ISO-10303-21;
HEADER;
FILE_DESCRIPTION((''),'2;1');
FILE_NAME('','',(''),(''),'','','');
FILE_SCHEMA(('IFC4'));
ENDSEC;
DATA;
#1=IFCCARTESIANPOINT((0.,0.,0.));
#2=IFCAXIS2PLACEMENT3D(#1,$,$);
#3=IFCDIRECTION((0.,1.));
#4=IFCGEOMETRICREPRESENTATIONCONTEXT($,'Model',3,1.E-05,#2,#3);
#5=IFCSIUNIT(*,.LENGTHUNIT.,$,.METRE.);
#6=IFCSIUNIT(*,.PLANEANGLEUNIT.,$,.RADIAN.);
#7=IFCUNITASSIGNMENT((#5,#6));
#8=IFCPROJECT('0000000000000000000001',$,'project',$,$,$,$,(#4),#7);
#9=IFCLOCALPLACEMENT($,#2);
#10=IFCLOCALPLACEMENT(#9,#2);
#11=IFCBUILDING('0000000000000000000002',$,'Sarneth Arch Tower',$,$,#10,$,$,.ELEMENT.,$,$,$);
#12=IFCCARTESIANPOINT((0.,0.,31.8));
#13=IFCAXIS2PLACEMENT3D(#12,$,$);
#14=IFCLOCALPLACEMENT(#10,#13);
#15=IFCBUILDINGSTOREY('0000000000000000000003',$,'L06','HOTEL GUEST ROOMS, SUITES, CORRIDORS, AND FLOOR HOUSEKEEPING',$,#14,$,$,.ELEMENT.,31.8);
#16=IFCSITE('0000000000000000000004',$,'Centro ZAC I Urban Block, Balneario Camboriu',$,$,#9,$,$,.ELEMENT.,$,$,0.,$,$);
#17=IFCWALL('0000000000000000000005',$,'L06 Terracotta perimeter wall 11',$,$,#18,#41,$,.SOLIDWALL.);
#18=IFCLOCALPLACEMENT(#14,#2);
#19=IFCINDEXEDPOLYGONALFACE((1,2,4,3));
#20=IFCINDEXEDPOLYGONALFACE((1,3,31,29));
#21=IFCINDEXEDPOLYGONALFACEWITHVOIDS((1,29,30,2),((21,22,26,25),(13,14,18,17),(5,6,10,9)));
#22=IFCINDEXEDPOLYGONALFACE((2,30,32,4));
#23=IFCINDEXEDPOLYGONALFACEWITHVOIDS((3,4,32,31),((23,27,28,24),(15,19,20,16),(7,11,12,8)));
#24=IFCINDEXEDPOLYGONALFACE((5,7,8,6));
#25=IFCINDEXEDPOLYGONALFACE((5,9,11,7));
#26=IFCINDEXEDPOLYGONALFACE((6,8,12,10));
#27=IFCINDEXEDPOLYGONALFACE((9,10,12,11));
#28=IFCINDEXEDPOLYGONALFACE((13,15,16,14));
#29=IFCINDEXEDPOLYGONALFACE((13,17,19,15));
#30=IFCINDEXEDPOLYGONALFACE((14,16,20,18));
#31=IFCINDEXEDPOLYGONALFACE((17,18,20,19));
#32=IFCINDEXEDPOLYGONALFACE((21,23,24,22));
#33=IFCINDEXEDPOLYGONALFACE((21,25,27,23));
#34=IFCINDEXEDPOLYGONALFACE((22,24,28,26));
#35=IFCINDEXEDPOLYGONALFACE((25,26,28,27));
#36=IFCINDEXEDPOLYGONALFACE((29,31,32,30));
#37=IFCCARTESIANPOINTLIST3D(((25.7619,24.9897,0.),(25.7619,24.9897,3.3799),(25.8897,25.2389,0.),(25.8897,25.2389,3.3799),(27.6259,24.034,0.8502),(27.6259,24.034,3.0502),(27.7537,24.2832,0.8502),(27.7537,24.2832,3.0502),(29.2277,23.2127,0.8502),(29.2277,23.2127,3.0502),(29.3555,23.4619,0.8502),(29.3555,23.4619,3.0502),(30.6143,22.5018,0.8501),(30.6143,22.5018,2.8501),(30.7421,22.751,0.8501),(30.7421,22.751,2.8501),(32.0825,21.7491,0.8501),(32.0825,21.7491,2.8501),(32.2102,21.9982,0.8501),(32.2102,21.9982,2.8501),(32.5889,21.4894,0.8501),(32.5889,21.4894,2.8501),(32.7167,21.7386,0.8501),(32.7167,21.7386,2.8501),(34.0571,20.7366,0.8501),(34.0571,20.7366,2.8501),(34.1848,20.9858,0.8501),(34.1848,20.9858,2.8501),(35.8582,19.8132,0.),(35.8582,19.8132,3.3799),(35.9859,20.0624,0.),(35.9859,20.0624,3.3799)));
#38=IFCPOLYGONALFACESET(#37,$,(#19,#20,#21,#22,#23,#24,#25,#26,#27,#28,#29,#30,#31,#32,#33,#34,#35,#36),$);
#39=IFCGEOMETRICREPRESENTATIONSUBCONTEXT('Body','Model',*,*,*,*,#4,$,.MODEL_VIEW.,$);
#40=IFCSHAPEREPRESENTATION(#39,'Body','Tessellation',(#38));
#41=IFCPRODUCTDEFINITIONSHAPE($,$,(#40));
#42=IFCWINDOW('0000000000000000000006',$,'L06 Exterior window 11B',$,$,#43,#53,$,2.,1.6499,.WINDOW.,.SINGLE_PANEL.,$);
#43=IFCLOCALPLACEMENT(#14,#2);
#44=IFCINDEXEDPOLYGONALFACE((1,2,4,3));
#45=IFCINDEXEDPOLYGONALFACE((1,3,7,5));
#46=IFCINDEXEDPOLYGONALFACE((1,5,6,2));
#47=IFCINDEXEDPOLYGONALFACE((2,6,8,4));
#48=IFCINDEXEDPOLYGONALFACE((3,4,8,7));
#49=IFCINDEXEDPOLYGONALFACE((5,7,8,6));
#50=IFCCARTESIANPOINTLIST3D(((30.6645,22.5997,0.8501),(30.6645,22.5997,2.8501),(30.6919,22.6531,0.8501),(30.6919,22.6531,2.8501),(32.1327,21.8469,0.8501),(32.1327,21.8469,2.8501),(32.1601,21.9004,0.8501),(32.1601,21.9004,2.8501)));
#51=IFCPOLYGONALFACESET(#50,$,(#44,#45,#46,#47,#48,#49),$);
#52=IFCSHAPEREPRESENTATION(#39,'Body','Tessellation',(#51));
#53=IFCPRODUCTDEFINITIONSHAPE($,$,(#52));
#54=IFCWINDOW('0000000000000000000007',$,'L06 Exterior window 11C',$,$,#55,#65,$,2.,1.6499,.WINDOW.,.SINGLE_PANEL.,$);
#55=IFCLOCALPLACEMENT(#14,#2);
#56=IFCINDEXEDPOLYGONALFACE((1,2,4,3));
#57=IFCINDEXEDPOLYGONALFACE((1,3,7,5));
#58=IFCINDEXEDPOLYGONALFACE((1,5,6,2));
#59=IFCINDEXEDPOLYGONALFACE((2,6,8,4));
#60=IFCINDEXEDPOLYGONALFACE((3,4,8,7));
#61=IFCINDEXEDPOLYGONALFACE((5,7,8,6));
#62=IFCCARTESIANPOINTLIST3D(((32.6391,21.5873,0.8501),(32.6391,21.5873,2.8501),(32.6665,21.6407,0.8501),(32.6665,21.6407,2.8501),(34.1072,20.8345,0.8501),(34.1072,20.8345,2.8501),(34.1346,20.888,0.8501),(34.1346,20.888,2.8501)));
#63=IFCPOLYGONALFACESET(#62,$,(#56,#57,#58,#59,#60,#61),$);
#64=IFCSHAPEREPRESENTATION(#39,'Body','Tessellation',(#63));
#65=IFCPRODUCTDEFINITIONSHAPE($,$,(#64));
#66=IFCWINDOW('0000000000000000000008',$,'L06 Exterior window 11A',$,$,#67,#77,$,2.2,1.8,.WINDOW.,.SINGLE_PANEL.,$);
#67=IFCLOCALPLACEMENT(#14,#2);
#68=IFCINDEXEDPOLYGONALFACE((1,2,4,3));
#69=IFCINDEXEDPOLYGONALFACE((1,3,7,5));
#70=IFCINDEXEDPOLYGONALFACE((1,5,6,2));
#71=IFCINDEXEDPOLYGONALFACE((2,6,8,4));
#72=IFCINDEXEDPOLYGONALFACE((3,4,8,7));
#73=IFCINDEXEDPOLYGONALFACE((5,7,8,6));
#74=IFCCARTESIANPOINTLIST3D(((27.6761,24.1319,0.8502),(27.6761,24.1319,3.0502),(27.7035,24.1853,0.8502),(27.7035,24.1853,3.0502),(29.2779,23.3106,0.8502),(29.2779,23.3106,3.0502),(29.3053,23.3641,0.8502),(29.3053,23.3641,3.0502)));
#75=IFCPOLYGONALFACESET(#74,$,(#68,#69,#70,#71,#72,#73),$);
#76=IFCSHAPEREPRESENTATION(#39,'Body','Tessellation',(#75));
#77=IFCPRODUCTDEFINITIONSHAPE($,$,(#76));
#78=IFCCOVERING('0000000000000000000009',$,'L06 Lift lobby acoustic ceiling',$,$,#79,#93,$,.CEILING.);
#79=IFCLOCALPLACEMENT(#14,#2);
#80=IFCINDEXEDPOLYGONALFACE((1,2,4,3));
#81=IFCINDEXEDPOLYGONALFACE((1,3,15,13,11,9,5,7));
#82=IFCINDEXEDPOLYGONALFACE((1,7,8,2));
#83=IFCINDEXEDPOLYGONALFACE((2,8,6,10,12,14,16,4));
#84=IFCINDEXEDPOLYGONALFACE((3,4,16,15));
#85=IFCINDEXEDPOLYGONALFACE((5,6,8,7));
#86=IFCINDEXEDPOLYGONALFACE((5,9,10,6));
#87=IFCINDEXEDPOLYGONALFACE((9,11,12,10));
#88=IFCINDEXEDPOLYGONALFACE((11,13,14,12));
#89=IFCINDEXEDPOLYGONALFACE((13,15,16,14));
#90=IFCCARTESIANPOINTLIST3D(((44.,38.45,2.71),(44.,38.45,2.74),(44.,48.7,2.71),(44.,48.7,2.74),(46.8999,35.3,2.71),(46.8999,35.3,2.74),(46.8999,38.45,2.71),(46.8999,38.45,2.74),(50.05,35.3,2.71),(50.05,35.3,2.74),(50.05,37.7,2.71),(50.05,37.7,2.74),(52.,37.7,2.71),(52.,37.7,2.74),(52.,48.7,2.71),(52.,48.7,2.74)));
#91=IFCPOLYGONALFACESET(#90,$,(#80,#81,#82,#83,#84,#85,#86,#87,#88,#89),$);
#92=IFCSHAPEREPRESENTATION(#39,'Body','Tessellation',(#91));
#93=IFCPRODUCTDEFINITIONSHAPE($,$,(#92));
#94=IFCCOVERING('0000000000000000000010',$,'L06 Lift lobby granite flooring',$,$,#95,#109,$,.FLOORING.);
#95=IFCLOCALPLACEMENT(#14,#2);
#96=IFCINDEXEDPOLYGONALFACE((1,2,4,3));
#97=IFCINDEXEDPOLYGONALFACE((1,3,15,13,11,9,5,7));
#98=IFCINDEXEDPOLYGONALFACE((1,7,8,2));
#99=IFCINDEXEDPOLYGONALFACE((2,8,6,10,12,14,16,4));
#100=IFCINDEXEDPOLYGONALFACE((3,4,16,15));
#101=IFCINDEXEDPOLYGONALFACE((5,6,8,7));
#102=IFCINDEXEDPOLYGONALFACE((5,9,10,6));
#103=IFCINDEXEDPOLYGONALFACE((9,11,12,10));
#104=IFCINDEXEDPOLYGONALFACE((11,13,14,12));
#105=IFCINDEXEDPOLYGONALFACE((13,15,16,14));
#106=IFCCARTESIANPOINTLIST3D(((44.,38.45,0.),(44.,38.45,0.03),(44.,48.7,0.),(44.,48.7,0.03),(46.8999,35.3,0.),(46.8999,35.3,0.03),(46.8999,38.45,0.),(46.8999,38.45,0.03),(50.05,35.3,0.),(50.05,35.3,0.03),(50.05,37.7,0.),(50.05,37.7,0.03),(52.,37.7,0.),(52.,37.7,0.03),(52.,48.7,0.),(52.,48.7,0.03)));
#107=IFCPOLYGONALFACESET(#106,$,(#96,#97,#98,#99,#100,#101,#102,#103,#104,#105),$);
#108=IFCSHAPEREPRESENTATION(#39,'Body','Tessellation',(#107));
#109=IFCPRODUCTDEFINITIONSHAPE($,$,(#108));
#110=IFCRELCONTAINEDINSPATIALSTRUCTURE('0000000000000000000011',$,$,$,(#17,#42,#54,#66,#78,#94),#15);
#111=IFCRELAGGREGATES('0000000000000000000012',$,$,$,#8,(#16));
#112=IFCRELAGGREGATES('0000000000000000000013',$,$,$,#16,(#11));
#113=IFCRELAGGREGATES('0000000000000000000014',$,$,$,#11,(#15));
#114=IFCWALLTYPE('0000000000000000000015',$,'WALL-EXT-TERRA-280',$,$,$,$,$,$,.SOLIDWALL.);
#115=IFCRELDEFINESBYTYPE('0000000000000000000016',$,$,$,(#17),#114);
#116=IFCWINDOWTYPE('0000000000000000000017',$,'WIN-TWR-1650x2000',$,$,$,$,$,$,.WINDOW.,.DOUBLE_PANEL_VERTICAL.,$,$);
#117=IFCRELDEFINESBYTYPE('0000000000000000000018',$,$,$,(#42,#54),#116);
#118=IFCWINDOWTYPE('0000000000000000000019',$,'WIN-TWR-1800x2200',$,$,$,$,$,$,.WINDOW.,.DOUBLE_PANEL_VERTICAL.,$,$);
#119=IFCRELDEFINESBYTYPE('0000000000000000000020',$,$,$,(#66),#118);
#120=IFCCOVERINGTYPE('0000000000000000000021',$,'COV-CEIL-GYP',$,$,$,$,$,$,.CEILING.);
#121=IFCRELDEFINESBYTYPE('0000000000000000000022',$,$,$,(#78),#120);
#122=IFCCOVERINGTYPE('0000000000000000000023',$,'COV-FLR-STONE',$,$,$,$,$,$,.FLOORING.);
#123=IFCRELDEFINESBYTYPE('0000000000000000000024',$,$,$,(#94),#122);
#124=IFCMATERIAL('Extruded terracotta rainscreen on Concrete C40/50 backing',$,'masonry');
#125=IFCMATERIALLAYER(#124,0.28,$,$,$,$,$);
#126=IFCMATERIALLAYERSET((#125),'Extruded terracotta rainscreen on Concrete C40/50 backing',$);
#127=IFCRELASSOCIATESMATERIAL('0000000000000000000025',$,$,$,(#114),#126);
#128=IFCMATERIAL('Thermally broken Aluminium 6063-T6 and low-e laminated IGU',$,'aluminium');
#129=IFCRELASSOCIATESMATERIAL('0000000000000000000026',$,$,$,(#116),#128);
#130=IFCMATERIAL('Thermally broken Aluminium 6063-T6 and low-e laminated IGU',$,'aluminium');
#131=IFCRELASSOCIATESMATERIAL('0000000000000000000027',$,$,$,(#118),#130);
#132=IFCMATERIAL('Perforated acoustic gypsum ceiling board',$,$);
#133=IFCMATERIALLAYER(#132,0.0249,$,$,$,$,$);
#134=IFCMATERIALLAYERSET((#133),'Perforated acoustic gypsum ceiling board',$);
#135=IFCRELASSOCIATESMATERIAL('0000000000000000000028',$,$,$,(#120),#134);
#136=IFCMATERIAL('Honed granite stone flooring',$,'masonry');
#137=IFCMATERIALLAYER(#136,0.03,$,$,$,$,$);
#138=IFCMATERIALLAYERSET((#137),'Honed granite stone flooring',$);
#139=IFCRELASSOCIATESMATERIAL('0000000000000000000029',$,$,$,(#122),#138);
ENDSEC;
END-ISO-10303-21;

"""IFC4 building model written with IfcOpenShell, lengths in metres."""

from ifc_helpers import new_model, si_unit, direction, frame, frame_2d, origin, place, context, subcontext, project, spatial, polyline, rectangle, outline, extrude, material, layer, layer_set, type_object, element, fill, save


model = new_model("IFC4")

# Units and contexts
model_context = context("Model", 3, precision=1e-05, world=origin(), true_north=direction((0.0, 1.0)))
body_context = subcontext(model_context, "Body", "Model", "MODEL_VIEW")
ifc_project = project(units=[si_unit("LENGTHUNIT", "METRE"), si_unit("PLANEANGLEUNIT", "RADIAN")], contexts=[model_context])

# Site, building, storey
site_placement = place(None, origin())
site = spatial("IfcSite", under=ifc_project, at=site_placement, Name="Centro ZAC I Urban Block, Balneario Camboriu", CompositionType="ELEMENT", RefElevation=0.0)
building_placement = place(site_placement, origin())
building = spatial("IfcBuilding", under=site, at=building_placement, Name="Sarneth Arch Tower", CompositionType="ELEMENT")
storey_placement = place(building_placement, frame((0.0, 0.0, 31.8)))
storey = spatial("IfcBuildingStorey", under=building, at=storey_placement, Name="L06", Description="HOTEL GUEST ROOMS, SUITES, CORRIDORS, AND FLOOR HOUSEKEEPING", CompositionType="ELEMENT", Elevation=31.8)

# Wall, openings, windows
ifc_material_1 = material(Name="Extruded terracotta rainscreen on Concrete C40/50 backing", Category="masonry")
ifc_layer_1 = layer(ifc_material_1, 0.28)
ifc_layer_set_1 = layer_set([ifc_layer_1], Name="Extruded terracotta rainscreen on Concrete C40/50 backing")
wall_type = type_object("IfcWallType", Name="WALL-EXT-TERRA-280", PredefinedType="SOLIDWALL", material=ifc_layer_set_1)
wall_placement = place(storey_placement, frame((25.8259, 25.1143, 0.0), z_axis=(0.0, 0.0, 1.0), x_axis=(0.889854, -0.456245, 0.0)))
wall = element("IfcWall", 1, at=wall_placement, inside=storey, type_object=wall_type, Name="L06 Terracotta perimeter wall 11", PredefinedType="SOLIDWALL", context=body_context, shape_type="SweptSolid", body=[
    extrude(rectangle(XDim=11.3459, YDim=0.28, at=frame_2d((5.6729, 0.0))), origin(), (0.0, 0.0, 1.0), 3.3799),
])
opening_1_placement = place(wall_placement, frame((2.0947, 0.0, 0.8501)))
opening_1 = element("IfcOpeningElement", 2, at=opening_1_placement, cuts=wall, PredefinedType="OPENING", context=body_context, shape_type="SweptSolid", body=[
    extrude(rectangle(XDim=1.8, YDim=2.2, at=frame_2d((0.8999, 1.1001))), frame((0.0, 0.1499, 0.0), z_axis=(0.0, -1.0, 0.0), x_axis=(1.0, 0.0, 0.0)), (0.0, 0.0, 1.0), 0.3),
])
opening_2_placement = place(wall_placement, frame((5.4529, 0.0, 0.8501)))
opening_2 = element("IfcOpeningElement", 3, at=opening_2_placement, cuts=wall, PredefinedType="OPENING", context=body_context, shape_type="SweptSolid", body=[
    extrude(rectangle(XDim=1.6499, YDim=2.0, at=frame_2d((0.825, 1.0))), frame((0.0, 0.1499, 0.0), z_axis=(0.0, -1.0, 0.0), x_axis=(1.0, 0.0, 0.0)), (0.0, 0.0, 1.0), 0.3),
])
opening_3_placement = place(wall_placement, frame((7.6719, 0.0, 0.8501)))
opening_3 = element("IfcOpeningElement", 4, at=opening_3_placement, cuts=wall, PredefinedType="OPENING", context=body_context, shape_type="SweptSolid", body=[
    extrude(rectangle(XDim=1.6499, YDim=2.0, at=frame_2d((0.825, 1.0))), frame((0.0, 0.1499, 0.0), z_axis=(0.0, -1.0, 0.0), x_axis=(1.0, 0.0, 0.0)), (0.0, 0.0, 1.0), 0.3),
])
ifc_material_2 = material(Name="Thermally broken Aluminium 6063-T6 and low-e laminated IGU", Category="aluminium")
window_type_1 = type_object("IfcWindowType", Name="WIN-TWR-1650x2000", PartitioningType="DOUBLE_PANEL_VERTICAL", PredefinedType="WINDOW", material=ifc_material_2)
window_1_placement = place(opening_2_placement, origin())
window_1 = element("IfcWindow", 5, at=window_1_placement, inside=storey, type_object=window_type_1, Name="L06 Exterior window 11B", OverallHeight=2.0, OverallWidth=1.6499, PartitioningType="SINGLE_PANEL", PredefinedType="WINDOW", context=body_context, shape_type="SweptSolid", body=[
    extrude(rectangle(XDim=1.6499, YDim=2.0, at=frame_2d((0.825, 1.0))), frame((0.0, 0.03, 0.0), z_axis=(0.0, -1.0, 0.0), x_axis=(1.0, 0.0, 0.0)), (0.0, 0.0, 1.0), 0.0601),
])
fill(opening_2, window_1)
window_2_placement = place(opening_3_placement, origin())
window_2 = element("IfcWindow", 6, at=window_2_placement, inside=storey, type_object=window_type_1, Name="L06 Exterior window 11C", OverallHeight=2.0, OverallWidth=1.6499, PartitioningType="SINGLE_PANEL", PredefinedType="WINDOW", context=body_context, shape_type="SweptSolid", body=[
    extrude(rectangle(XDim=1.6499, YDim=2.0, at=frame_2d((0.825, 1.0))), frame((0.0, 0.03, 0.0), z_axis=(0.0, -1.0, 0.0), x_axis=(1.0, 0.0, 0.0)), (0.0, 0.0, 1.0), 0.0601),
])
fill(opening_3, window_2)
ifc_material_3 = material(Name="Thermally broken Aluminium 6063-T6 and low-e laminated IGU", Category="aluminium")
window_type_2 = type_object("IfcWindowType", Name="WIN-TWR-1800x2200", PartitioningType="DOUBLE_PANEL_VERTICAL", PredefinedType="WINDOW", material=ifc_material_3)
window_3_placement = place(opening_1_placement, origin())
window_3 = element("IfcWindow", 7, at=window_3_placement, inside=storey, type_object=window_type_2, Name="L06 Exterior window 11A", OverallHeight=2.2, OverallWidth=1.8, PartitioningType="SINGLE_PANEL", PredefinedType="WINDOW", context=body_context, shape_type="SweptSolid", body=[
    extrude(rectangle(XDim=1.8, YDim=2.2, at=frame_2d((0.8999, 1.1001))), frame((0.0, 0.03, 0.0), z_axis=(0.0, -1.0, 0.0), x_axis=(1.0, 0.0, 0.0)), (0.0, 0.0, 1.0), 0.0601),
])
fill(opening_1, window_3)

# Coverings
ifc_material_4 = material(Name="Perforated acoustic gypsum ceiling board")
ifc_layer_2 = layer(ifc_material_4, 0.0249)
ifc_layer_set_2 = layer_set([ifc_layer_2], Name="Perforated acoustic gypsum ceiling board")
covering_type_1 = type_object("IfcCoveringType", Name="COV-CEIL-GYP", PredefinedType="CEILING", material=ifc_layer_set_2)
covering_1_placement = place(storey_placement, frame((0.0, 0.0, 2.71)))
element("IfcCovering", 8, at=covering_1_placement, inside=storey, type_object=covering_type_1, Name="L06 Lift lobby acoustic ceiling", PredefinedType="CEILING", context=body_context, shape_type="SweptSolid", body=[
    extrude(outline(polyline([(52.0, 37.7), (50.05, 37.7), (50.05, 35.3), (46.8999, 35.3), (46.8999, 38.45), (44.0, 38.45), (44.0, 48.7), (52.0, 48.7), (52.0, 37.7)])), origin(), (0.0, 0.0, 1.0), 0.03),
])
ifc_material_5 = material(Name="Honed granite stone flooring", Category="masonry")
ifc_layer_3 = layer(ifc_material_5, 0.03)
ifc_layer_set_3 = layer_set([ifc_layer_3], Name="Honed granite stone flooring")
covering_type_2 = type_object("IfcCoveringType", Name="COV-FLR-STONE", PredefinedType="FLOORING", material=ifc_layer_set_3)
covering_2_placement = place(storey_placement, origin())
element("IfcCovering", 9, at=covering_2_placement, inside=storey, type_object=covering_type_2, Name="L06 Lift lobby granite flooring", PredefinedType="FLOORING", context=body_context, shape_type="SweptSolid", body=[
    extrude(outline(polyline([(52.0, 37.7), (50.05, 37.7), (50.05, 35.3), (46.8999, 35.3), (46.8999, 38.45), (44.0, 38.45), (44.0, 48.7), (52.0, 48.7), (52.0, 37.7)])), origin(), (0.0, 0.0, 1.0), 0.03),
])

save(model, "model.ifc")
